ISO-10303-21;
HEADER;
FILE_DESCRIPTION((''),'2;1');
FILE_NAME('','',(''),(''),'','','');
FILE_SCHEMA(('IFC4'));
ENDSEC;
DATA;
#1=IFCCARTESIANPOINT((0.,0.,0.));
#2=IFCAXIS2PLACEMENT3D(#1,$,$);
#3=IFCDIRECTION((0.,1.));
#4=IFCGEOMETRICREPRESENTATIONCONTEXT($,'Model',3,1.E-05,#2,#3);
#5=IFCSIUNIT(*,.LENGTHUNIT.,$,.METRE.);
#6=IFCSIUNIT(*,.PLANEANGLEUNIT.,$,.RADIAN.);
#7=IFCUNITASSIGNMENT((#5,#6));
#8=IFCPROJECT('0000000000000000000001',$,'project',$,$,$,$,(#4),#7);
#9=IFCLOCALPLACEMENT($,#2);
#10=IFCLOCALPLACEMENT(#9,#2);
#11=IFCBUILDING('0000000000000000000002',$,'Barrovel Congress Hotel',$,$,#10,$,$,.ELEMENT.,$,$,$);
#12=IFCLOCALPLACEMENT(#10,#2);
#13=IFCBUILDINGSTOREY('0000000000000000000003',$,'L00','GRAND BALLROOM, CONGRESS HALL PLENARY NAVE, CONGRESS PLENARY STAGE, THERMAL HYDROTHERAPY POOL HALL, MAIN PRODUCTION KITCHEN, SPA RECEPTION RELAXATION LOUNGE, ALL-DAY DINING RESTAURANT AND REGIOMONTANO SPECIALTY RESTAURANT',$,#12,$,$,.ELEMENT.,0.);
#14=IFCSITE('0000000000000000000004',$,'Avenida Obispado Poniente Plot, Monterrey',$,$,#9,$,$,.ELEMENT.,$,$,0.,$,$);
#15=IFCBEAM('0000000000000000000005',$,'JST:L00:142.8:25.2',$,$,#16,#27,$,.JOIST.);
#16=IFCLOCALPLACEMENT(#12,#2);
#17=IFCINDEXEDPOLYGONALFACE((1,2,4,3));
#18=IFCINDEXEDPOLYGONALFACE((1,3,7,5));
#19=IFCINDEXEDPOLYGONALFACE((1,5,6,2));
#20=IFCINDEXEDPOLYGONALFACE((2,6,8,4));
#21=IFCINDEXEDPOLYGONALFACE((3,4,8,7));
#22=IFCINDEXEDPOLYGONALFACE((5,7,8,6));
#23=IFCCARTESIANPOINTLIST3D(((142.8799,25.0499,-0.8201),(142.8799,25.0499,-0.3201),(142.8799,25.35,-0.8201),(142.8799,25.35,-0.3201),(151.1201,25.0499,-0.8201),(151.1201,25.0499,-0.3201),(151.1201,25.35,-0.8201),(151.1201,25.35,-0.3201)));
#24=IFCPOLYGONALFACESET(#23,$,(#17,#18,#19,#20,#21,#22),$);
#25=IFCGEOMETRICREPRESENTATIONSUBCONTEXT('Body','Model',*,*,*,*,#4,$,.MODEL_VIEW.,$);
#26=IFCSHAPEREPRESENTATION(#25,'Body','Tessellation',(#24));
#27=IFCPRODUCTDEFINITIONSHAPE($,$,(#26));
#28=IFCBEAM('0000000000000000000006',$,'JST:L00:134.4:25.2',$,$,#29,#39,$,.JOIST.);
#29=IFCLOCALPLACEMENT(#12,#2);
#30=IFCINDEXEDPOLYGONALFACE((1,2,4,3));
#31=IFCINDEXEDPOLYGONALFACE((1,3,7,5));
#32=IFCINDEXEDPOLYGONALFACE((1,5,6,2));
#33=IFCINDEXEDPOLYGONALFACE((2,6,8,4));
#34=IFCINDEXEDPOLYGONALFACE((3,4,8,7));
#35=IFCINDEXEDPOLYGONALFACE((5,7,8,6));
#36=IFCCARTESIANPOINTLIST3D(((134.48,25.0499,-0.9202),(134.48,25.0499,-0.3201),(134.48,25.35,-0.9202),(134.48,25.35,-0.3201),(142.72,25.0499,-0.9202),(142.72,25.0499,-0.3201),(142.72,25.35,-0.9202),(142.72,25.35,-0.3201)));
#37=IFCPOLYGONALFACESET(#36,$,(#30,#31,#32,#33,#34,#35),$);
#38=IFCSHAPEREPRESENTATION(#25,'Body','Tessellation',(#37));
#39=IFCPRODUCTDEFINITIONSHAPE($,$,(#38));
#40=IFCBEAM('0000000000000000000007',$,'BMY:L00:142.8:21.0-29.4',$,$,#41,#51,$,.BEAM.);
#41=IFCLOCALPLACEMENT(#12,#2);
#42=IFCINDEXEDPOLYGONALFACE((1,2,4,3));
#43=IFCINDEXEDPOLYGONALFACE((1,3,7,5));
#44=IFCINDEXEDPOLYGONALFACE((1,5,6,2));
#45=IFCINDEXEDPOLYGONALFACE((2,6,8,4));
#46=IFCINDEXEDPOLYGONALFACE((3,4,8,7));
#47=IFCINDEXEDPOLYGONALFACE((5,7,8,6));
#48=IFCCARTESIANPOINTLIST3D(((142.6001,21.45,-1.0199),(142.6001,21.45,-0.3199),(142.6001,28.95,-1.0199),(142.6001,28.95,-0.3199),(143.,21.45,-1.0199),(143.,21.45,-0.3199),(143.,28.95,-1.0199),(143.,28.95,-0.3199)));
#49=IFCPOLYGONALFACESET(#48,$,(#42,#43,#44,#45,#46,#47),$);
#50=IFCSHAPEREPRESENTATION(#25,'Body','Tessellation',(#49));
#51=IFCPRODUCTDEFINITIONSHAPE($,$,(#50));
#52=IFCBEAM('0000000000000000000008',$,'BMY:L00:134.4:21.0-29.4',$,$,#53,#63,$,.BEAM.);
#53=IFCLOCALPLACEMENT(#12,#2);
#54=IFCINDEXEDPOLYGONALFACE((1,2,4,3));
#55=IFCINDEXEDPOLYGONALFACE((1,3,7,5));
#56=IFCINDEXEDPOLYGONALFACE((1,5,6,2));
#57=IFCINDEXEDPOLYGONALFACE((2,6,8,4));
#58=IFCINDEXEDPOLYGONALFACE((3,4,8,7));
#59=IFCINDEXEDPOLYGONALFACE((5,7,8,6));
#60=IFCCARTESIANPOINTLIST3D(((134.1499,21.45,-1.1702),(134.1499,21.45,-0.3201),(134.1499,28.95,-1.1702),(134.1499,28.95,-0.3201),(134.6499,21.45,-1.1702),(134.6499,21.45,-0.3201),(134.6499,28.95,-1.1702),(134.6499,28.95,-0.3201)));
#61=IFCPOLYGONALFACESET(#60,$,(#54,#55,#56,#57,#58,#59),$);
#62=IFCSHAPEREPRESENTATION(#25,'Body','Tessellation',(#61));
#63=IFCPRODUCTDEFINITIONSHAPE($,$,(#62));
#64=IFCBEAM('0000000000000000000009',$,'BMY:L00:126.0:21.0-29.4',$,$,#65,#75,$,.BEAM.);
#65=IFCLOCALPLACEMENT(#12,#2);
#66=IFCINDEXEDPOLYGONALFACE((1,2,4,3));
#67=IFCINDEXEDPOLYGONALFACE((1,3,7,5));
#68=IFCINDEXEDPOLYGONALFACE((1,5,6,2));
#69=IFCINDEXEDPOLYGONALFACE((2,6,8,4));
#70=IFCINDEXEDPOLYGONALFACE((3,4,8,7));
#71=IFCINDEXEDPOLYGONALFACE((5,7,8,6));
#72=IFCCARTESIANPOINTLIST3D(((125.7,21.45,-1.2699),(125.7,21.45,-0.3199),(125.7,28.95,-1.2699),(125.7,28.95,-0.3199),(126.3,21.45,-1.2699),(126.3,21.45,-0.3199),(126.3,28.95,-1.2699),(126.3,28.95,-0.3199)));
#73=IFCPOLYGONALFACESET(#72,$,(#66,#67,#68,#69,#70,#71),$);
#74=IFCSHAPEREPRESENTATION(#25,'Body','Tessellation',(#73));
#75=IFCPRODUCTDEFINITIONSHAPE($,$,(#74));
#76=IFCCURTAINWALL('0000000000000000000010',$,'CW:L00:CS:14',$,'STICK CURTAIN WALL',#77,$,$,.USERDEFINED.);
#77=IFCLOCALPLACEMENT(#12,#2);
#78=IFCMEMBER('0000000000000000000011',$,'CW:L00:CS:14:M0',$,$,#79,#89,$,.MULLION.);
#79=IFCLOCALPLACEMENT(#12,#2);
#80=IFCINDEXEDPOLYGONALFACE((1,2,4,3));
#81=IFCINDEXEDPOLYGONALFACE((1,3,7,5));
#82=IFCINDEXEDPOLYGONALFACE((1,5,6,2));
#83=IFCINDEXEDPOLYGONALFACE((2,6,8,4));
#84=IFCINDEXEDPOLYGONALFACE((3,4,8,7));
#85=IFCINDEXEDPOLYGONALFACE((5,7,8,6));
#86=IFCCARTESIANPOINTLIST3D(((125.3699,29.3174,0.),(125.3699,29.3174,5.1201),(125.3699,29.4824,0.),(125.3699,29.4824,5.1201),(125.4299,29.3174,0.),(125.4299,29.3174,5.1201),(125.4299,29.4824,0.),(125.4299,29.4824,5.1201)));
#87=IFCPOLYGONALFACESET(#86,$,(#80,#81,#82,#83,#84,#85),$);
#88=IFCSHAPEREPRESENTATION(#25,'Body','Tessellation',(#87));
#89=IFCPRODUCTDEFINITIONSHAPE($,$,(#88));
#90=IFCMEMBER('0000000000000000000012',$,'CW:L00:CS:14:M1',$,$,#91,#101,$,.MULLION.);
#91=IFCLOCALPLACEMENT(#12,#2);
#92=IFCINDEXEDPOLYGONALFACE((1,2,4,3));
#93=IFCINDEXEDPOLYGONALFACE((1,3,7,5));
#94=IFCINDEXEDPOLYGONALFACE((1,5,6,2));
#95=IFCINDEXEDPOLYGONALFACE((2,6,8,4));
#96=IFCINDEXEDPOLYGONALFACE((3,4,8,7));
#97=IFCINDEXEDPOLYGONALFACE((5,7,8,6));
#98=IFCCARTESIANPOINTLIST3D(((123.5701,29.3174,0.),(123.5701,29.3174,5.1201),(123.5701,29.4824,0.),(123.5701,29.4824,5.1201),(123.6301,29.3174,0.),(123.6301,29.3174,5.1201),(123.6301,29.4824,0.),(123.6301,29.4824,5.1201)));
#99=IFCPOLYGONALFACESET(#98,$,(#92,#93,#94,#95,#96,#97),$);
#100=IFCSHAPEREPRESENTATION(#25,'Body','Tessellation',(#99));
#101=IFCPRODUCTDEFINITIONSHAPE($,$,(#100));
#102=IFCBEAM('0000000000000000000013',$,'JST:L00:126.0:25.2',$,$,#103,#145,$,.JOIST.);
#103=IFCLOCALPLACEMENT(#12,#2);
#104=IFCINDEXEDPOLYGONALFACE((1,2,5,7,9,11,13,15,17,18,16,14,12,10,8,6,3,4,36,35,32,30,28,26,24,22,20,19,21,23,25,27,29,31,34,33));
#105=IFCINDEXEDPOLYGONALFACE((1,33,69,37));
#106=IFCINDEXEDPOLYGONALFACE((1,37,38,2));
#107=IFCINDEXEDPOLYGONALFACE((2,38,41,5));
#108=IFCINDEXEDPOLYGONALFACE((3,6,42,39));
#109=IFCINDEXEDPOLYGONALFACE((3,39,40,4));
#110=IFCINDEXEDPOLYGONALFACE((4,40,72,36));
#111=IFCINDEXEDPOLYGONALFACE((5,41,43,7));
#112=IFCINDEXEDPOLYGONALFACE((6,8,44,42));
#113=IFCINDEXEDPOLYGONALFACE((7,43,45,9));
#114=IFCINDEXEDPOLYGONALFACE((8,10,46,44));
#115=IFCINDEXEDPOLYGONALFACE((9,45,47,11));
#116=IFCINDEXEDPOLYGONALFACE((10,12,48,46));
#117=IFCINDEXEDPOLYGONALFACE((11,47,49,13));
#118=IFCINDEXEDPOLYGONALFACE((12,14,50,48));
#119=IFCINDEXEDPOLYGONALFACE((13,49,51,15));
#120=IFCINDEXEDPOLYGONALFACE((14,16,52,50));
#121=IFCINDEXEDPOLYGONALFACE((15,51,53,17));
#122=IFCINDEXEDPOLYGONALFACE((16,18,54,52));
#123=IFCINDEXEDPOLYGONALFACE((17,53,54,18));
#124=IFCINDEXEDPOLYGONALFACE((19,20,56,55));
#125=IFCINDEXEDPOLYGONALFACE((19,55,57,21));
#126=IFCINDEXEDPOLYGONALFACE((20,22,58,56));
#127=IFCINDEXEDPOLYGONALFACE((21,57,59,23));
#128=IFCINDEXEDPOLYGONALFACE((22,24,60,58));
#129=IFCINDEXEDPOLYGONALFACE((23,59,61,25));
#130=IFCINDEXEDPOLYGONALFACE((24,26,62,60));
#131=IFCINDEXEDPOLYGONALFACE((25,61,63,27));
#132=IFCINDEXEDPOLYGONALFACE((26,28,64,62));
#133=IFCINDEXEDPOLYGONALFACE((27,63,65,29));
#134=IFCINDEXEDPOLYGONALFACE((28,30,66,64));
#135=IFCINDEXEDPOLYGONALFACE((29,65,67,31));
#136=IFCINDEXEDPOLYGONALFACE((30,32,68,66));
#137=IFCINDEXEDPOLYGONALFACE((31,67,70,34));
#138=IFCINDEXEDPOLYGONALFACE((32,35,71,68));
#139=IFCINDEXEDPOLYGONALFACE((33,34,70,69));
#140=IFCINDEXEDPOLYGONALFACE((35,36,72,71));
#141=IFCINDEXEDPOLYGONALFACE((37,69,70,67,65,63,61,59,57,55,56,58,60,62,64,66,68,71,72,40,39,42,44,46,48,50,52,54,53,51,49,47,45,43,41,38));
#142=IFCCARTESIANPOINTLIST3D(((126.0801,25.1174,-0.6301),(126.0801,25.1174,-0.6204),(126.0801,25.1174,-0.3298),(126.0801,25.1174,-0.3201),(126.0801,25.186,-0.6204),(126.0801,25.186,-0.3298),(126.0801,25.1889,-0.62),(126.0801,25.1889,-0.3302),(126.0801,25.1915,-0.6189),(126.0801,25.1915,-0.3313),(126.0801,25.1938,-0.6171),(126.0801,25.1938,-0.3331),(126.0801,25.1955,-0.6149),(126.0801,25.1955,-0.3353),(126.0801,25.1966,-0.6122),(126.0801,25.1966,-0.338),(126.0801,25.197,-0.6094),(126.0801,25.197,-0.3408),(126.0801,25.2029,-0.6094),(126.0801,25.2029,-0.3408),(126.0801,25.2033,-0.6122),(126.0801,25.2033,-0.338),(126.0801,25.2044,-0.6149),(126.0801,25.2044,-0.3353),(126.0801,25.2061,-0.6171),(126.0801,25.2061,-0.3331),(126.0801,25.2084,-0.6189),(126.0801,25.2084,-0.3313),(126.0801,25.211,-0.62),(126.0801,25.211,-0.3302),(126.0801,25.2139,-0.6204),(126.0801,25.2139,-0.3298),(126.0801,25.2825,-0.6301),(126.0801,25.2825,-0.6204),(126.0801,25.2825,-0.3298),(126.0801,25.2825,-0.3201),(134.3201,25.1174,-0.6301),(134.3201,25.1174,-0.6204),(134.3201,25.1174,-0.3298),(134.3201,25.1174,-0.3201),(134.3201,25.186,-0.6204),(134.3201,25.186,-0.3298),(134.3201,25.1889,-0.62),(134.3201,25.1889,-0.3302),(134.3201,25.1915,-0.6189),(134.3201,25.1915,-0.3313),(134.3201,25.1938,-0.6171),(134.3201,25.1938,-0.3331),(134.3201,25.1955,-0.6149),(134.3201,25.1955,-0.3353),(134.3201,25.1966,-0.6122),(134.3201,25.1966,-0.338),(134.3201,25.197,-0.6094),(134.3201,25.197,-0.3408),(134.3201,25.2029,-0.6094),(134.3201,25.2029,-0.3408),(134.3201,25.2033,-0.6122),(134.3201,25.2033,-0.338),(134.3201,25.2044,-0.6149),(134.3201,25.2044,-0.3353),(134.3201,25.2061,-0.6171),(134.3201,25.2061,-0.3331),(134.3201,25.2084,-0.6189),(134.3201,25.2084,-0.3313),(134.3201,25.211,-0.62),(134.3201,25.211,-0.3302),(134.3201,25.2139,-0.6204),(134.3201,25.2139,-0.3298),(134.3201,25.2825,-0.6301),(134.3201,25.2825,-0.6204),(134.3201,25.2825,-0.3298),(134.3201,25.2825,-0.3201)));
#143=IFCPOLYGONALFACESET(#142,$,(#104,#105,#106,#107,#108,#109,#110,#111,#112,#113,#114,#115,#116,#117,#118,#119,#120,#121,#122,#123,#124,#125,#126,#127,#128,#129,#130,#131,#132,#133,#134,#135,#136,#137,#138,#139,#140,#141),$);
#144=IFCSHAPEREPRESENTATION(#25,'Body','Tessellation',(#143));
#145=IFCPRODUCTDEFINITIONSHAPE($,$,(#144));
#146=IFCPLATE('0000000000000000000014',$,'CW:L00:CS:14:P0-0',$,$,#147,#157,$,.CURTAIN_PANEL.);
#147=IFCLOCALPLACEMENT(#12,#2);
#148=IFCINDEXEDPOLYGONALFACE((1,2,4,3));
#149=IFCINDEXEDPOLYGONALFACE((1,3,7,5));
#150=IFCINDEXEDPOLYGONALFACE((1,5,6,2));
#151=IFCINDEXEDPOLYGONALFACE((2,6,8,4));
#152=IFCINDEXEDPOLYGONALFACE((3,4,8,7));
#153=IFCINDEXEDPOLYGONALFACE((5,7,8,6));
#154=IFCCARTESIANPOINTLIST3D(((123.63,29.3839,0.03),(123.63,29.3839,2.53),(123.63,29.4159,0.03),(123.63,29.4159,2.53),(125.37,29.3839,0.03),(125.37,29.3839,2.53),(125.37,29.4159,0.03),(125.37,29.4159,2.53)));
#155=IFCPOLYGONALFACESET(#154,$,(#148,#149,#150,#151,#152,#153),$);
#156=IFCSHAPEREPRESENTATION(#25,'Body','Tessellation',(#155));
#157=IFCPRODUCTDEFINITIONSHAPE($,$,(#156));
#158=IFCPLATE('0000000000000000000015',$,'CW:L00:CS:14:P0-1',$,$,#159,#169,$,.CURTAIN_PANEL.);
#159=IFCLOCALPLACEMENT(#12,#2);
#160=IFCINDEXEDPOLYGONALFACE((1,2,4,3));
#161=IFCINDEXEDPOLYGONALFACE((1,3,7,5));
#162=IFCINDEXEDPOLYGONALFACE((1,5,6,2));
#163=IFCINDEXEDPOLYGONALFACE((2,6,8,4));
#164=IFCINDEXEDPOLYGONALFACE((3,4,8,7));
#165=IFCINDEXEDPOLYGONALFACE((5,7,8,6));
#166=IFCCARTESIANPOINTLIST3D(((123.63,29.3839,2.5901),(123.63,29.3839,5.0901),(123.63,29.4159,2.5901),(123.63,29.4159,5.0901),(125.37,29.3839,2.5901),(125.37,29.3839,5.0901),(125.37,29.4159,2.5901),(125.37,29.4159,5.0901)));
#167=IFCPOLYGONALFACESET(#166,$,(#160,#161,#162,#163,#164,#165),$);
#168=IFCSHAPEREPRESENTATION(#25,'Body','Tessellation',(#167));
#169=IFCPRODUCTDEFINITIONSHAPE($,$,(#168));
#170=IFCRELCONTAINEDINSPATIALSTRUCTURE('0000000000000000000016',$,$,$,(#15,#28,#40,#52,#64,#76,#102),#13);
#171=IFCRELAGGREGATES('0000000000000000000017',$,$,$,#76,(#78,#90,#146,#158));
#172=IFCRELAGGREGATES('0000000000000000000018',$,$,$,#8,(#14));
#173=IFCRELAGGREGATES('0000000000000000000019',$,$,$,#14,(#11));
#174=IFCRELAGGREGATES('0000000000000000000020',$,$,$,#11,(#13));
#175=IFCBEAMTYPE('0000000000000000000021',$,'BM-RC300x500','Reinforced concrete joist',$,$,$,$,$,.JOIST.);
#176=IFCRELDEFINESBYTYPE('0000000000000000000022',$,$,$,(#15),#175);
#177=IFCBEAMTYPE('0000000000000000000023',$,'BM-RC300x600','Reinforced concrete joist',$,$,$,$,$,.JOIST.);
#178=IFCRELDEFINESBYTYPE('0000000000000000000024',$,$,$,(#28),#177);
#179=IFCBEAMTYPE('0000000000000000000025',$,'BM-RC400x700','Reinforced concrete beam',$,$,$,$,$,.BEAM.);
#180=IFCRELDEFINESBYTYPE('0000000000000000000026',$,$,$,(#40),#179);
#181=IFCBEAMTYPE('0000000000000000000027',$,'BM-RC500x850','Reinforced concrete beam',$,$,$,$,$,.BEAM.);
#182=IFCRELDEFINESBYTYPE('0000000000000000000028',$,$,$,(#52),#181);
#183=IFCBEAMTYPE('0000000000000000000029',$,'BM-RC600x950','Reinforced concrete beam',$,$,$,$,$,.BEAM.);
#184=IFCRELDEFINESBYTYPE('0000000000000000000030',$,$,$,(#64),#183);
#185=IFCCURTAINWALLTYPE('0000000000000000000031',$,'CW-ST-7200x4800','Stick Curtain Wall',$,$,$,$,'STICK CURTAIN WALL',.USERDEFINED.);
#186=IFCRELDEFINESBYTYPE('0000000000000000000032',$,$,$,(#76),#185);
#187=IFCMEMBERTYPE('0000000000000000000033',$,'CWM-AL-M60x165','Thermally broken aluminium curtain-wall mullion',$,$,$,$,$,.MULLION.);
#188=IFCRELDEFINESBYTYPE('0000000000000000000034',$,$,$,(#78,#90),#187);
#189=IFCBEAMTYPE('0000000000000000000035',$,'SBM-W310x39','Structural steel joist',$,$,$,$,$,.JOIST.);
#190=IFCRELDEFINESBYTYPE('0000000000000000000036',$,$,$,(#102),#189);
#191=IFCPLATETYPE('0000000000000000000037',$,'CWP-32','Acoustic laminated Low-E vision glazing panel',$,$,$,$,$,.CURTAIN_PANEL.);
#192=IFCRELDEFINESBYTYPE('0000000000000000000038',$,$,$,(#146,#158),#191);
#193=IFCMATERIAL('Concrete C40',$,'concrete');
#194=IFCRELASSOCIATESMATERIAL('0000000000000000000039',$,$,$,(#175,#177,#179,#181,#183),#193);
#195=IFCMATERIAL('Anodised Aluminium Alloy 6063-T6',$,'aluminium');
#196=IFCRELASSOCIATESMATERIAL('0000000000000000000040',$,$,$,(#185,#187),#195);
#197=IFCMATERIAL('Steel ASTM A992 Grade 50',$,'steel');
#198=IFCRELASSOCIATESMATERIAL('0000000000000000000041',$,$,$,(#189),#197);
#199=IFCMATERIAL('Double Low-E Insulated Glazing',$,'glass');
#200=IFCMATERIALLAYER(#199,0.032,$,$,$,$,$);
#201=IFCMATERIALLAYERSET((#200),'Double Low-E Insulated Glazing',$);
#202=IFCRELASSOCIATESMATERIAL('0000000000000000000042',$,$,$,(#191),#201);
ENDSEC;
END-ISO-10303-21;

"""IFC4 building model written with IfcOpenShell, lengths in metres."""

from ifc_helpers import new_model, si_unit, direction, frame, origin, origin_2d, place, context, subcontext, project, spatial, rectangle, i_section, extrude, material, layer, layer_set, material_profile, profile_set, type_object, element, aggregate, save


model = new_model("IFC4")

# Units and contexts
model_context = context("Model", 3, precision=1e-05, world=origin(), true_north=direction((0.0, 1.0)))
body_context = subcontext(model_context, "Body", "Model", "MODEL_VIEW")
ifc_project = project(units=[si_unit("LENGTHUNIT", "METRE"), si_unit("PLANEANGLEUNIT", "RADIAN")], contexts=[model_context])

# Site, building, storey
site_placement = place(None, origin())
site = spatial("IfcSite", under=ifc_project, at=site_placement, Name="Avenida Obispado Poniente Plot, Monterrey", CompositionType="ELEMENT", RefElevation=0.0)
building_placement = place(site_placement, origin())
building = spatial("IfcBuilding", under=site, at=building_placement, Name="Barrovel Congress Hotel", CompositionType="ELEMENT")
storey_placement = place(building_placement, origin())
storey = spatial("IfcBuildingStorey", under=building, at=storey_placement, Name="L00", Description="GRAND BALLROOM, CONGRESS HALL PLENARY NAVE, CONGRESS PLENARY STAGE, THERMAL HYDROTHERAPY POOL HALL, MAIN PRODUCTION KITCHEN, SPA RECEPTION RELAXATION LOUNGE, ALL-DAY DINING RESTAURANT AND REGIOMONTANO SPECIALTY RESTAURANT", CompositionType="ELEMENT", Elevation=0.0)

# Beams
ifc_material_1 = material(Name="Concrete C40", Category="concrete")
ifc_material_profile_1 = material_profile(ifc_material_1, rectangle(XDim=0.3, YDim=0.5, at=origin_2d()), Name="RC300x500")
ifc_profile_set_1 = profile_set([ifc_material_profile_1], Name="Concrete C40")
beam_type_1 = type_object("IfcBeamType", Name="BM-RC300x500", Description="Reinforced concrete joist", PredefinedType="JOIST", material=ifc_profile_set_1)
beam_1_placement = place(storey_placement, frame((142.8799, 25.2, -0.5701), z_axis=(1.0, 0.0, 0.0), x_axis=(0.0, 1.0, 0.0)))
element("IfcBeam", 1, at=beam_1_placement, inside=storey, type_object=beam_type_1, Name="JST:L00:142.8:25.2", PredefinedType="JOIST", context=body_context, shape_type="SweptSolid", body=[
    extrude(rectangle(XDim=0.3, YDim=0.5, at=origin_2d()), origin(), (0.0, 0.0, 1.0), 8.2402),
])
ifc_material_profile_2 = material_profile(ifc_material_1, rectangle(XDim=0.3, YDim=0.6001, at=origin_2d()), Name="RC300x600")
ifc_profile_set_2 = profile_set([ifc_material_profile_2], Name="Concrete C40")
beam_type_2 = type_object("IfcBeamType", Name="BM-RC300x600", Description="Reinforced concrete joist", PredefinedType="JOIST", material=ifc_profile_set_2)
beam_2_placement = place(storey_placement, frame((134.48, 25.2, -0.6201), z_axis=(1.0, 0.0, 0.0), x_axis=(0.0, 1.0, 0.0)))
element("IfcBeam", 2, at=beam_2_placement, inside=storey, type_object=beam_type_2, Name="JST:L00:134.4:25.2", PredefinedType="JOIST", context=body_context, shape_type="SweptSolid", body=[
    extrude(rectangle(XDim=0.3, YDim=0.6001, at=origin_2d()), origin(), (0.0, 0.0, 1.0), 8.24),
])
ifc_material_profile_3 = material_profile(ifc_material_1, rectangle(XDim=0.3999, YDim=0.7, at=origin_2d()), Name="RC400x700")
ifc_profile_set_3 = profile_set([ifc_material_profile_3], Name="Concrete C40")
beam_type_3 = type_object("IfcBeamType", Name="BM-RC400x700", Description="Reinforced concrete beam", PredefinedType="BEAM", material=ifc_profile_set_3)
beam_3_placement = place(storey_placement, frame((142.8, 21.45, -0.6699), z_axis=(0.0, 1.0, 0.0), x_axis=(-1.0, 0.0, 0.0)))
element("IfcBeam", 3, at=beam_3_placement, inside=storey, type_object=beam_type_3, Name="BMY:L00:142.8:21.0-29.4", PredefinedType="BEAM", context=body_context, shape_type="SweptSolid", body=[
    extrude(rectangle(XDim=0.3999, YDim=0.7, at=origin_2d()), origin(), (0.0, 0.0, 1.0), 7.5),
])
ifc_material_profile_4 = material_profile(ifc_material_1, rectangle(XDim=0.5, YDim=0.8501, at=origin_2d()), Name="RC500x850")
ifc_profile_set_4 = profile_set([ifc_material_profile_4], Name="Concrete C40")
beam_type_4 = type_object("IfcBeamType", Name="BM-RC500x850", Description="Reinforced concrete beam", PredefinedType="BEAM", material=ifc_profile_set_4)
beam_4_placement = place(storey_placement, frame((134.3999, 21.45, -0.7451), z_axis=(0.0, 1.0, 0.0), x_axis=(-1.0, 0.0, 0.0)))
element("IfcBeam", 4, at=beam_4_placement, inside=storey, type_object=beam_type_4, Name="BMY:L00:134.4:21.0-29.4", PredefinedType="BEAM", context=body_context, shape_type="SweptSolid", body=[
    extrude(rectangle(XDim=0.5, YDim=0.8501, at=origin_2d()), origin(), (0.0, 0.0, 1.0), 7.5),
])
ifc_material_profile_5 = material_profile(ifc_material_1, rectangle(XDim=0.6001, YDim=0.95, at=origin_2d()), Name="RC600x950")
ifc_profile_set_5 = profile_set([ifc_material_profile_5], Name="Concrete C40")
beam_type_5 = type_object("IfcBeamType", Name="BM-RC600x950", Description="Reinforced concrete beam", PredefinedType="BEAM", material=ifc_profile_set_5)
beam_5_placement = place(storey_placement, frame((126.0, 21.45, -0.7949), z_axis=(0.0, 1.0, 0.0), x_axis=(-1.0, 0.0, 0.0)))
element("IfcBeam", 5, at=beam_5_placement, inside=storey, type_object=beam_type_5, Name="BMY:L00:126.0:21.0-29.4", PredefinedType="BEAM", context=body_context, shape_type="SweptSolid", body=[
    extrude(rectangle(XDim=0.6001, YDim=0.95, at=origin_2d()), origin(), (0.0, 0.0, 1.0), 7.5),
])

# Curtain wall, members
ifc_material_2 = material(Name="Anodised Aluminium Alloy 6063-T6", Category="aluminium")
curtain_wall_type = type_object("IfcCurtainWallType", Name="CW-ST-7200x4800", Description="Stick Curtain Wall", ElementType="STICK CURTAIN WALL", PredefinedType="USERDEFINED", material=ifc_material_2)
curtain_wall_placement = place(storey_placement, origin())
curtain_wall = element("IfcCurtainWall", 6, at=curtain_wall_placement, inside=storey, type_object=curtain_wall_type, Name="CW:L00:CS:14", ObjectType="STICK CURTAIN WALL", PredefinedType="USERDEFINED")
ifc_material_profile_6 = material_profile(ifc_material_2, rectangle(XDim=0.0601, YDim=0.165, at=origin_2d()), Name="AL-M60x165")
ifc_profile_set_6 = profile_set([ifc_material_profile_6], Name="Anodised Aluminium Alloy 6063-T6")
member_type = type_object("IfcMemberType", Name="CWM-AL-M60x165", Description="Thermally broken aluminium curtain-wall mullion", PredefinedType="MULLION", material=ifc_profile_set_6)
member_1_placement = place(storey_placement, frame((125.3999, 29.3999, 0.0), z_axis=(0.0, 0.0, 1.0), x_axis=(1.0, 0.0, 0.0)))
member_1 = element("IfcMember", 7, at=member_1_placement, type_object=member_type, Name="CW:L00:CS:14:M0", PredefinedType="MULLION", context=body_context, shape_type="SweptSolid", body=[
    extrude(rectangle(XDim=0.0601, YDim=0.165, at=origin_2d()), origin(), (0.0, 0.0, 1.0), 5.1201),
])
member_2_placement = place(storey_placement, frame((123.6001, 29.3999, 0.0), z_axis=(0.0, 0.0, 1.0), x_axis=(1.0, 0.0, 0.0)))
member_2 = element("IfcMember", 8, at=member_2_placement, type_object=member_type, Name="CW:L00:CS:14:M1", PredefinedType="MULLION", context=body_context, shape_type="SweptSolid", body=[
    extrude(rectangle(XDim=0.0601, YDim=0.165, at=origin_2d()), origin(), (0.0, 0.0, 1.0), 5.1201),
])

# Beam
ifc_material_3 = material(Name="Steel ASTM A992 Grade 50", Category="steel")
ifc_material_profile_7 = material_profile(ifc_material_3, i_section(OverallWidth=0.165, OverallDepth=0.3101, WebThickness=0.0059, FlangeThickness=0.0098, FilletRadius=0.011, at=origin_2d()), Name="W310x39")
ifc_profile_set_7 = profile_set([ifc_material_profile_7], Name="Steel ASTM A992 Grade 50")
beam_type_6 = type_object("IfcBeamType", Name="SBM-W310x39", Description="Structural steel joist", PredefinedType="JOIST", material=ifc_profile_set_7)
beam_6_placement = place(storey_placement, frame((126.0801, 25.2, -0.4751), z_axis=(1.0, 0.0, 0.0), x_axis=(0.0, 1.0, 0.0)))
element("IfcBeam", 9, at=beam_6_placement, inside=storey, type_object=beam_type_6, Name="JST:L00:126.0:25.2", PredefinedType="JOIST", context=body_context, shape_type="SweptSolid", body=[
    extrude(i_section(OverallWidth=0.165, OverallDepth=0.3101, WebThickness=0.0059, FlangeThickness=0.0098, FilletRadius=0.011, at=origin_2d()), origin(), (0.0, 0.0, 1.0), 8.24),
])

# Plates
ifc_material_4 = material(Name="Double Low-E Insulated Glazing", Category="glass")
ifc_layer_1 = layer(ifc_material_4, 0.032)
ifc_layer_set_1 = layer_set([ifc_layer_1], Name="Double Low-E Insulated Glazing")
plate_type = type_object("IfcPlateType", Name="CWP-32", Description="Acoustic laminated Low-E vision glazing panel", PredefinedType="CURTAIN_PANEL", material=ifc_layer_set_1)
plate_1_placement = place(storey_placement, frame((124.5, 29.3999, 0.03), z_axis=(0.0, 0.0, 1.0), x_axis=(-1.0, 0.0, 0.0)))
plate_1 = element("IfcPlate", 10, at=plate_1_placement, type_object=plate_type, Name="CW:L00:CS:14:P0-0", PredefinedType="CURTAIN_PANEL", context=body_context, shape_type="SweptSolid", body=[
    extrude(rectangle(XDim=1.74, YDim=0.032, at=origin_2d()), origin(), (0.0, 0.0, 1.0), 2.5),
])
plate_2_placement = place(storey_placement, frame((124.5, 29.3999, 2.5901), z_axis=(0.0, 0.0, 1.0), x_axis=(-1.0, 0.0, 0.0)))
plate_2 = element("IfcPlate", 11, at=plate_2_placement, type_object=plate_type, Name="CW:L00:CS:14:P0-1", PredefinedType="CURTAIN_PANEL", context=body_context, shape_type="SweptSolid", body=[
    extrude(rectangle(XDim=1.74, YDim=0.032, at=origin_2d()), origin(), (0.0, 0.0, 1.0), 2.5),
])
aggregate(curtain_wall, [member_1, member_2, plate_1, plate_2])

save(model, "model.ifc")
